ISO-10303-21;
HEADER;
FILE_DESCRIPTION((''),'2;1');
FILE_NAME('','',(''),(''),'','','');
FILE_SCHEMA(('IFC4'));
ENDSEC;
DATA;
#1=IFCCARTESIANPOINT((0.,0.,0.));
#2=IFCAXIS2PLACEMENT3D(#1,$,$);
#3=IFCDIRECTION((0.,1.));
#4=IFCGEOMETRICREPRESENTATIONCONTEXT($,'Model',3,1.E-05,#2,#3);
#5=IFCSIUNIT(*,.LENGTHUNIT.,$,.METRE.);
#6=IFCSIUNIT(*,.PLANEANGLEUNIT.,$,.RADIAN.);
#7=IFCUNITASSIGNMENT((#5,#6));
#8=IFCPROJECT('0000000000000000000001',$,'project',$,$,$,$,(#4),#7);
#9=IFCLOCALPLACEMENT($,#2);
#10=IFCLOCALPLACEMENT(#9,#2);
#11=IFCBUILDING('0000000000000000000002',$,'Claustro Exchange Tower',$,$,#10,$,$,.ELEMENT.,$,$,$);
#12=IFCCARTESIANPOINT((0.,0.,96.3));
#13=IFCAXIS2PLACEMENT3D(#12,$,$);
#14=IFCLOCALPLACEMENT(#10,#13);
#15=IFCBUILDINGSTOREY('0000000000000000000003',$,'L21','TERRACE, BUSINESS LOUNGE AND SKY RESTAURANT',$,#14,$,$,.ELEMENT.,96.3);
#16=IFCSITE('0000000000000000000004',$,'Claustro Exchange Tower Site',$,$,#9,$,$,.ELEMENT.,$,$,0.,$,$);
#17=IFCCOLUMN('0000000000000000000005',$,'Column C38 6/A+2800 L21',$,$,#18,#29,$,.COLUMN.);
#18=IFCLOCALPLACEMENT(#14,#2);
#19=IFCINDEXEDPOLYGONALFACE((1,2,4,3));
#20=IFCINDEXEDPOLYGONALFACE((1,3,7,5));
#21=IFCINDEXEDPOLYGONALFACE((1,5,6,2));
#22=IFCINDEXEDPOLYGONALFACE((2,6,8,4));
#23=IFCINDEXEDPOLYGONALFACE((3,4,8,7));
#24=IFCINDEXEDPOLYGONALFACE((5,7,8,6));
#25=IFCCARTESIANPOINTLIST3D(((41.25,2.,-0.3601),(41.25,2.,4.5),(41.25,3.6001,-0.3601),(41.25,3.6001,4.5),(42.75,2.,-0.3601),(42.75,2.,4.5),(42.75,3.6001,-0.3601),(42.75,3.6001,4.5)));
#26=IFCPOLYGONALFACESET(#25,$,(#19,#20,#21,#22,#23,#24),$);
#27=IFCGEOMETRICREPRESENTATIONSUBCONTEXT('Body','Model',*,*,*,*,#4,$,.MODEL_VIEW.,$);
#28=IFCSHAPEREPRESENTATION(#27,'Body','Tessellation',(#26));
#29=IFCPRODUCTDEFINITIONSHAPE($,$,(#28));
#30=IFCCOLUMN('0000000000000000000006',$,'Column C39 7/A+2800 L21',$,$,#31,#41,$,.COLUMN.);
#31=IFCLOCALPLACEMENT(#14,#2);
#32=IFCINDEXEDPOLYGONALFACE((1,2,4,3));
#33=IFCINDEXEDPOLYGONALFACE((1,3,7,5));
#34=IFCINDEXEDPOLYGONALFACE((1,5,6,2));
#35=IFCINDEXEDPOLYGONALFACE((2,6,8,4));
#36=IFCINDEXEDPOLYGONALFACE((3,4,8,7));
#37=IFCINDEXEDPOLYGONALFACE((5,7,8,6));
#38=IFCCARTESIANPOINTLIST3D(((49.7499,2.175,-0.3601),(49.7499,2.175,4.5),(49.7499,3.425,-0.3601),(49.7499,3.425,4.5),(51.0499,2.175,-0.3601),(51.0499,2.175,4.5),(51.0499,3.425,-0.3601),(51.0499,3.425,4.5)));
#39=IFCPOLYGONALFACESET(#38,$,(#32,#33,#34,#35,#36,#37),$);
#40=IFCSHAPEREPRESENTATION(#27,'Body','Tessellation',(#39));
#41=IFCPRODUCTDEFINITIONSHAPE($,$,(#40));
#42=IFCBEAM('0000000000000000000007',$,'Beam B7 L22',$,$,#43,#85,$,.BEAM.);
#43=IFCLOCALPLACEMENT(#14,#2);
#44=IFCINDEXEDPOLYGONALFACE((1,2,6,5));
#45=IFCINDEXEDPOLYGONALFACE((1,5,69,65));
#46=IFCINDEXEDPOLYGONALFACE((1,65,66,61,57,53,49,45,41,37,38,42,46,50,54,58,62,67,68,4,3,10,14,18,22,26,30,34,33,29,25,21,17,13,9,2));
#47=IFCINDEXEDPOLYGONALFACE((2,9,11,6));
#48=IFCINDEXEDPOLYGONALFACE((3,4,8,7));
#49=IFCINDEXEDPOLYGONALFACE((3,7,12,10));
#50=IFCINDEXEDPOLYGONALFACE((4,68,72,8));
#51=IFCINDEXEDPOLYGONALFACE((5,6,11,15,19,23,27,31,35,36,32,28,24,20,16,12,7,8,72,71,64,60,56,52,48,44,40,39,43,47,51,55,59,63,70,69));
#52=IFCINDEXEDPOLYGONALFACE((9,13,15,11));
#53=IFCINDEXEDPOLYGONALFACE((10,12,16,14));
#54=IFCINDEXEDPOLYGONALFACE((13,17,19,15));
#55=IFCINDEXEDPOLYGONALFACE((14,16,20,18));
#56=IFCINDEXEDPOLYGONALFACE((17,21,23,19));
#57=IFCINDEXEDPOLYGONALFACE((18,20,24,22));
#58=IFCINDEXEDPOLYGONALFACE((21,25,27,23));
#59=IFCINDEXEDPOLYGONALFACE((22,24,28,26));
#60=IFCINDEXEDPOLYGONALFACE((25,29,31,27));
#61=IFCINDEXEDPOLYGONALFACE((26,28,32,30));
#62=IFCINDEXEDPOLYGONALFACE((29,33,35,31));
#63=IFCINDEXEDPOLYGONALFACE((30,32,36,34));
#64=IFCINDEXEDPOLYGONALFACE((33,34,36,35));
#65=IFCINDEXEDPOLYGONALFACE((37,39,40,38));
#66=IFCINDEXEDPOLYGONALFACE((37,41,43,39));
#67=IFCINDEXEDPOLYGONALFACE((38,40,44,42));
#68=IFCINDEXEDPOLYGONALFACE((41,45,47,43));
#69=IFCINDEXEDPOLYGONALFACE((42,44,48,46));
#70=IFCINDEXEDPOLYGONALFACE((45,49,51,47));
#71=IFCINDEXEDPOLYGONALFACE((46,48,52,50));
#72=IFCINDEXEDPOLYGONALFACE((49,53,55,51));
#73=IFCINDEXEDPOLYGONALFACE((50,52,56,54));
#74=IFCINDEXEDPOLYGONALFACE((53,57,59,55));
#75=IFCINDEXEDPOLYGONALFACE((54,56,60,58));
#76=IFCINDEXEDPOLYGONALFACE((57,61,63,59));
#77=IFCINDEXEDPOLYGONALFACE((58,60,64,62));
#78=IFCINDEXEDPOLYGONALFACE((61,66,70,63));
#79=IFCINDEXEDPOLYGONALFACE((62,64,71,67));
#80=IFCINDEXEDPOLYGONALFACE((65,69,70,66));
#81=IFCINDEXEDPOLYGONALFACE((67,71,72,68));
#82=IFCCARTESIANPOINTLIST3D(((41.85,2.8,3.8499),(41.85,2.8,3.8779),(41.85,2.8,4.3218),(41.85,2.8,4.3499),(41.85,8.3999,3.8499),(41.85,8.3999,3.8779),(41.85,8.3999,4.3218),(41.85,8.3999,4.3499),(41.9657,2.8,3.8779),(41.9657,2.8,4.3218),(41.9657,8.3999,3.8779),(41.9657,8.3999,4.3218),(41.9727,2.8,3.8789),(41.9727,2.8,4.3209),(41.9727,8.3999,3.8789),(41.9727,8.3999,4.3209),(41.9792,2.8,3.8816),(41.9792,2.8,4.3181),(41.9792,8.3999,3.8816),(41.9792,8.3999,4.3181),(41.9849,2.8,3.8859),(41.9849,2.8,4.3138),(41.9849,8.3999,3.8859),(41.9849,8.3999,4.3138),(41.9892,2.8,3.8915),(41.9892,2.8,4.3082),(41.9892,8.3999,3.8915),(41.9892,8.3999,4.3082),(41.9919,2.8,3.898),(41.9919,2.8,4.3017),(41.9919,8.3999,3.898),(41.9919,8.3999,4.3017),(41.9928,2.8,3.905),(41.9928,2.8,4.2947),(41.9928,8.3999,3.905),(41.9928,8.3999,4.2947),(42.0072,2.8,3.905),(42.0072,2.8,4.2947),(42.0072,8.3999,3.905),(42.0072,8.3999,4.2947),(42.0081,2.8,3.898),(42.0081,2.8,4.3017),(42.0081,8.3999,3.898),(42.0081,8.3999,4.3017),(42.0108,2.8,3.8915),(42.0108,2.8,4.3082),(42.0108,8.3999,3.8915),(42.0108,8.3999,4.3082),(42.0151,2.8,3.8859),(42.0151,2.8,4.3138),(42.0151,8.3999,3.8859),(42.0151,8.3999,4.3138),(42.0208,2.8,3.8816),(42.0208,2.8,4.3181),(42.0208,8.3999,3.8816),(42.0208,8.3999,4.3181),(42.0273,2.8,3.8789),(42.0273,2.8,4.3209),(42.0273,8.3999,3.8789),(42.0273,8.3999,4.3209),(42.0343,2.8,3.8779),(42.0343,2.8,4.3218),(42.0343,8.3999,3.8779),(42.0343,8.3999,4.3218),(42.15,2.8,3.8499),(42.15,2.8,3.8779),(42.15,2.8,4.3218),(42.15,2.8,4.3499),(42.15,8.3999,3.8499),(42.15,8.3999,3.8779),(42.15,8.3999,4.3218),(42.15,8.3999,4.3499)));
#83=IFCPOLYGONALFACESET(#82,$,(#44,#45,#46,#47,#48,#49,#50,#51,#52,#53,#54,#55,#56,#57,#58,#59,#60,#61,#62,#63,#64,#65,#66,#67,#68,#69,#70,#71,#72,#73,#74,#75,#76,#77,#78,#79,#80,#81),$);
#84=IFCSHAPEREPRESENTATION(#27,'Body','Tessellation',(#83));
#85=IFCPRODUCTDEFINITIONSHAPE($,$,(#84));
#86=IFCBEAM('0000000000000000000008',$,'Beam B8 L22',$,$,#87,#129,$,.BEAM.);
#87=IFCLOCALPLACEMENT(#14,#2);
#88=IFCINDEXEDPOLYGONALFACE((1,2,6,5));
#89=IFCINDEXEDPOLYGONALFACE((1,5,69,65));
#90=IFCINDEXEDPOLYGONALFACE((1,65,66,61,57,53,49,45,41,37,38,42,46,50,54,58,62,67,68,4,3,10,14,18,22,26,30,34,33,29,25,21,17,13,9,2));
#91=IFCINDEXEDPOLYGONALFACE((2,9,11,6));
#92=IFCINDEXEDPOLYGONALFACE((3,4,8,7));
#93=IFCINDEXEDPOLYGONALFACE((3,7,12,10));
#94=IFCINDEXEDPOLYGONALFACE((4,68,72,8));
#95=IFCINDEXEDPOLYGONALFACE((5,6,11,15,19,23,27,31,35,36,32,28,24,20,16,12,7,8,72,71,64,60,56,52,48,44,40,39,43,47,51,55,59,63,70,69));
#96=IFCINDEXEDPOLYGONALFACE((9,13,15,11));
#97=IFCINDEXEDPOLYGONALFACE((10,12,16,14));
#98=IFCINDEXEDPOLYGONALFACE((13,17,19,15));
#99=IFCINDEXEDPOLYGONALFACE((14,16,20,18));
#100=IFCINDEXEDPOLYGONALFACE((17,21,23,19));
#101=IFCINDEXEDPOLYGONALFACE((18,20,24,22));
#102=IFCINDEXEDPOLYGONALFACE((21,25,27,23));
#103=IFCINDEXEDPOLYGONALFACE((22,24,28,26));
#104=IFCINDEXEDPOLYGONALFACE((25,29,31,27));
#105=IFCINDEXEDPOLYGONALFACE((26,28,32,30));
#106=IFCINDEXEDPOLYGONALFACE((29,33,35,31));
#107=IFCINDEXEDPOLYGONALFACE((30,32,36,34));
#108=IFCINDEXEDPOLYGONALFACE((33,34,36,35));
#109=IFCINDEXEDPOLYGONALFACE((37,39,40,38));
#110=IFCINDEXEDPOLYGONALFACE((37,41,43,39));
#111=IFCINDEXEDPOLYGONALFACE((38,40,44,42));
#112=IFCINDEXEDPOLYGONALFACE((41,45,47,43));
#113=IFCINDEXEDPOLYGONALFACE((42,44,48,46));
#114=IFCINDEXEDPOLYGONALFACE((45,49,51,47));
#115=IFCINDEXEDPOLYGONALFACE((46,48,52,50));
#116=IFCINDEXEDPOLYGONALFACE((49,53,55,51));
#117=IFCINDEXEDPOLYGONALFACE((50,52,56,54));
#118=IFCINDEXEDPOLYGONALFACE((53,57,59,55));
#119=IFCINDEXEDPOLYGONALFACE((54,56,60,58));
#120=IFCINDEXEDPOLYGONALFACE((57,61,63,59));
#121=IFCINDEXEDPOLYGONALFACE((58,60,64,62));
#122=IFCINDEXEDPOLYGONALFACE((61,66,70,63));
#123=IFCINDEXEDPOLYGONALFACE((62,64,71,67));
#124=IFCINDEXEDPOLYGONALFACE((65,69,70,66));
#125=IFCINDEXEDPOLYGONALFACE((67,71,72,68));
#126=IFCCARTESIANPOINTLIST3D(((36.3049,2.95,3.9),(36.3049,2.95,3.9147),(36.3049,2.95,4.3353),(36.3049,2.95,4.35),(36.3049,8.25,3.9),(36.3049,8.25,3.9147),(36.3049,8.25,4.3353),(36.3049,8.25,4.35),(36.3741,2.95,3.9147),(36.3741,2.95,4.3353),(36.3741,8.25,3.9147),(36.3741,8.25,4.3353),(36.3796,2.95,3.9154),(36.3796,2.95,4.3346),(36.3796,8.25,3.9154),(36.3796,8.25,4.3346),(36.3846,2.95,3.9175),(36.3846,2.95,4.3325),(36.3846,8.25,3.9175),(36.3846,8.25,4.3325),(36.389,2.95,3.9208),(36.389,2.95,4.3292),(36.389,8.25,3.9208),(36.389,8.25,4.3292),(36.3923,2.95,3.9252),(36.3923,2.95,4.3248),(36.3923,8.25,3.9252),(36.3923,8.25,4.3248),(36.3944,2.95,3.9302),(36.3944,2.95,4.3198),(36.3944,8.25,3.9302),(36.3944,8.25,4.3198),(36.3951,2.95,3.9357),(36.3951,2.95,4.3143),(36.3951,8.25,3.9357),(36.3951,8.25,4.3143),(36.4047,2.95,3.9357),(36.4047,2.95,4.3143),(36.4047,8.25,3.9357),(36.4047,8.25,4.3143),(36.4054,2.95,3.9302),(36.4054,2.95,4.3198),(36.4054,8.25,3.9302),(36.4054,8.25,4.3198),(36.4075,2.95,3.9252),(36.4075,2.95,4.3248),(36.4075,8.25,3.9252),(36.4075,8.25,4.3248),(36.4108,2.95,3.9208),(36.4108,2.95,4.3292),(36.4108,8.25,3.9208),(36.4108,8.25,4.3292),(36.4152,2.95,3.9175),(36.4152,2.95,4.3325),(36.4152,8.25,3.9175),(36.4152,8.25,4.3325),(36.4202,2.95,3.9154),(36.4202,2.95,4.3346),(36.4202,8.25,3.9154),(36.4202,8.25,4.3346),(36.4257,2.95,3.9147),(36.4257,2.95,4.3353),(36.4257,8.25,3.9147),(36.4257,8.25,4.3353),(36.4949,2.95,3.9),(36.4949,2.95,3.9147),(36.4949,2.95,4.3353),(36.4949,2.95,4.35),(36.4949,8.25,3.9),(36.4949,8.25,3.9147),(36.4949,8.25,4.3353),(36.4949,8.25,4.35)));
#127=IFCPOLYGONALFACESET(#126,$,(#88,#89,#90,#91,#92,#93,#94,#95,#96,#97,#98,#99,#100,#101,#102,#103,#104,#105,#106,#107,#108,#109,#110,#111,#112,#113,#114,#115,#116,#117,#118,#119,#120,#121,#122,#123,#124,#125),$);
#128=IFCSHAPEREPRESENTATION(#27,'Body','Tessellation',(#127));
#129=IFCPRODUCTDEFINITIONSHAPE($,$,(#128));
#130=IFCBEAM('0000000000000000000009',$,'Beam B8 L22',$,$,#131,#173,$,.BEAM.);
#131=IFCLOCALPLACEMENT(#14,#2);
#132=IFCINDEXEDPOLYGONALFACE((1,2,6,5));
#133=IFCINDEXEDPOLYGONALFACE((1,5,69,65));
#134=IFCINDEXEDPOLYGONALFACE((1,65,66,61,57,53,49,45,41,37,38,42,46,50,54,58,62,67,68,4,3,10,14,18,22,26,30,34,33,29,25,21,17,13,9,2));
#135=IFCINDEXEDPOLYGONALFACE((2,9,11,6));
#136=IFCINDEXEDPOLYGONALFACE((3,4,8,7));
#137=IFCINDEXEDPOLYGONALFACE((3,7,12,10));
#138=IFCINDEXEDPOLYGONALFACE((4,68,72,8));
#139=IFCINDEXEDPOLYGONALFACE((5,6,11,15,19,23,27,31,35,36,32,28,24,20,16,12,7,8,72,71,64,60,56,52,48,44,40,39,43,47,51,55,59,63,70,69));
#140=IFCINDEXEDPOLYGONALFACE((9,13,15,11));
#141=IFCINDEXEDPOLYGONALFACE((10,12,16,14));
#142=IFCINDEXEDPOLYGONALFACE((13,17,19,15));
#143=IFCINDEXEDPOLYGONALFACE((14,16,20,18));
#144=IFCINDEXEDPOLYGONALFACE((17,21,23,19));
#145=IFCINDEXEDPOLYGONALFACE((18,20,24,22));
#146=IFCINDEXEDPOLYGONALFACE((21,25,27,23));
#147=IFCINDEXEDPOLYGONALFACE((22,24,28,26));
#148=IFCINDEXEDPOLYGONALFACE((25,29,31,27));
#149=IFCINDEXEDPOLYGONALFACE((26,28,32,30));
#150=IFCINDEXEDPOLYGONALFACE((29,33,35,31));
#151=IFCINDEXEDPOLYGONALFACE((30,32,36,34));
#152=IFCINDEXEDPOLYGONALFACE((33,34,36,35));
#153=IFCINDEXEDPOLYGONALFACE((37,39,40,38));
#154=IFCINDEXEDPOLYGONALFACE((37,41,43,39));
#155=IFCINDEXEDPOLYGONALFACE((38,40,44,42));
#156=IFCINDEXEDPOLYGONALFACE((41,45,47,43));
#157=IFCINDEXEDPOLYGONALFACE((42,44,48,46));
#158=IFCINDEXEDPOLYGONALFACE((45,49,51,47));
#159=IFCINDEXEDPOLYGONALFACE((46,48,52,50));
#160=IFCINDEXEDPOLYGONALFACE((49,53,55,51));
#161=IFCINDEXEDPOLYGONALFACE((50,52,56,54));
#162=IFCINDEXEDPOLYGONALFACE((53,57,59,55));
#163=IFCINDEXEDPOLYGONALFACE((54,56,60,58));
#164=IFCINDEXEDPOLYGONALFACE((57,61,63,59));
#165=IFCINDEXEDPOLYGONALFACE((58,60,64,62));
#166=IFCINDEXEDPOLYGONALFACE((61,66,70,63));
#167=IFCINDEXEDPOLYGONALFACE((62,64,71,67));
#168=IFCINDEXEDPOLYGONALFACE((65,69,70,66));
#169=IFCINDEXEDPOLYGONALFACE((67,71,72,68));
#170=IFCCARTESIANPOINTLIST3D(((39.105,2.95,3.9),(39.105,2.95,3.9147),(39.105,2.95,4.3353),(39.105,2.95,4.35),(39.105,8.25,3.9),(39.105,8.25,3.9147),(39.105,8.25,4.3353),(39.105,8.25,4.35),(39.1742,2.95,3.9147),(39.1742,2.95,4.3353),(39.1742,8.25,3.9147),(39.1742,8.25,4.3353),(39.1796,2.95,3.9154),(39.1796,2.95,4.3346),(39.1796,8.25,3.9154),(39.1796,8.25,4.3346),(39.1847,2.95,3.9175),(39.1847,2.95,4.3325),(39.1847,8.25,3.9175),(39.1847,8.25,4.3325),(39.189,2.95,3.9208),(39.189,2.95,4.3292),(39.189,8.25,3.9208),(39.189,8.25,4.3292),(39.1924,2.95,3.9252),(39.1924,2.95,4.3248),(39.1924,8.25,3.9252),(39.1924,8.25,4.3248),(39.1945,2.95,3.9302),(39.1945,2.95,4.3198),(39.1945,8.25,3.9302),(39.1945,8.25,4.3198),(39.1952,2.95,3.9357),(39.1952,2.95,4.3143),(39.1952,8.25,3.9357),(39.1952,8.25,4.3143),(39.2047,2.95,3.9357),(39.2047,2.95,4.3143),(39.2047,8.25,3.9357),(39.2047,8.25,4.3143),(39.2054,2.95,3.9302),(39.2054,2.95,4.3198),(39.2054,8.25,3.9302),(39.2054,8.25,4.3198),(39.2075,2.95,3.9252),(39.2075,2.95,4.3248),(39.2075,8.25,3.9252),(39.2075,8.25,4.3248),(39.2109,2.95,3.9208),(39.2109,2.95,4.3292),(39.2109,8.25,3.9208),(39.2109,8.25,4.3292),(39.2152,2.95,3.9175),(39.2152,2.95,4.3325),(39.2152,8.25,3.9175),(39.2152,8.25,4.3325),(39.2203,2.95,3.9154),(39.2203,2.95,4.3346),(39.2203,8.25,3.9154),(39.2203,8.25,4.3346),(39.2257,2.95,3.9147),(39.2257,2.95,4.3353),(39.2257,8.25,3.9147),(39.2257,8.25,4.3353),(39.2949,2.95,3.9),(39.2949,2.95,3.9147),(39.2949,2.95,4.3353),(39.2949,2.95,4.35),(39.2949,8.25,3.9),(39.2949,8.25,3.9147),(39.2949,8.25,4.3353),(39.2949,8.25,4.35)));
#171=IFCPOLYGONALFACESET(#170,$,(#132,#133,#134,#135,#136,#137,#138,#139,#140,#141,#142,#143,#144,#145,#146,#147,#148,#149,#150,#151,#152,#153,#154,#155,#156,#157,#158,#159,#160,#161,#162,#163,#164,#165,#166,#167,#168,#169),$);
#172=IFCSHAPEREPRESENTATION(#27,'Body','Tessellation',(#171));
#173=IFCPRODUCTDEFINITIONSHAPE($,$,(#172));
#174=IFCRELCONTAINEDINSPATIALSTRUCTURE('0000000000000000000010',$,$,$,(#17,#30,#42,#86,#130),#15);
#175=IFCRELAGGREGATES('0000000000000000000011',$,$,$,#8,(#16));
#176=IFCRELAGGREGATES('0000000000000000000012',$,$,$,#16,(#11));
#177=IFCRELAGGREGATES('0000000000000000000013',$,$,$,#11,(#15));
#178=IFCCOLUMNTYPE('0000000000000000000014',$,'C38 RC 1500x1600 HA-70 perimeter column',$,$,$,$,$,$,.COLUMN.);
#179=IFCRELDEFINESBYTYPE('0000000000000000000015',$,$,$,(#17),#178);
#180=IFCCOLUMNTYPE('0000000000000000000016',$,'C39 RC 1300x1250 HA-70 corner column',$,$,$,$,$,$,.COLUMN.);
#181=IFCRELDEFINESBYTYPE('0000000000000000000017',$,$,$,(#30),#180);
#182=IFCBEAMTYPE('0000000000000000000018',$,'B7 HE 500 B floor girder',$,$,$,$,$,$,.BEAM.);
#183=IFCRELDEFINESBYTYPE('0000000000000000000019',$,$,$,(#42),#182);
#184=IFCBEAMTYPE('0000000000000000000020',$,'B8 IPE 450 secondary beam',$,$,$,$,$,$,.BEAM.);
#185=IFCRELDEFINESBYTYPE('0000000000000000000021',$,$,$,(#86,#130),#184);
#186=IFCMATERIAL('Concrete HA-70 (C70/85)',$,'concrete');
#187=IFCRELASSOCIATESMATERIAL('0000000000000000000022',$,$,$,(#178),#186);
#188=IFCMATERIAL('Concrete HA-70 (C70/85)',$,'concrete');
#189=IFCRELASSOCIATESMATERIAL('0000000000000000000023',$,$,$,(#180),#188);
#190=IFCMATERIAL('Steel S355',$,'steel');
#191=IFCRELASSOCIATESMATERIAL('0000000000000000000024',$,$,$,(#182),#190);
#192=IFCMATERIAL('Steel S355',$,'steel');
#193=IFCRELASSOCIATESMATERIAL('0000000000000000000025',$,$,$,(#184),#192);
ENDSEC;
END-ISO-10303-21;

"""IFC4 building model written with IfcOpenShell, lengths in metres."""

from ifc_helpers import new_model, si_unit, direction, frame, origin, origin_2d, place, context, subcontext, project, spatial, rectangle, i_section, extrude, material, material_profile, profile_set, type_object, element, save


model = new_model("IFC4")

# Units and contexts
model_context = context("Model", 3, precision=1e-05, world=origin(), true_north=direction((0.0, 1.0)))
body_context = subcontext(model_context, "Body", "Model", "MODEL_VIEW")
ifc_project = project(units=[si_unit("LENGTHUNIT", "METRE"), si_unit("PLANEANGLEUNIT", "RADIAN")], contexts=[model_context])

# Site, building, storey
site_placement = place(None, origin())
site = spatial("IfcSite", under=ifc_project, at=site_placement, Name="Claustro Exchange Tower Site", CompositionType="ELEMENT", RefElevation=0.0)
building_placement = place(site_placement, origin())
building = spatial("IfcBuilding", under=site, at=building_placement, Name="Claustro Exchange Tower", CompositionType="ELEMENT")
storey_placement = place(building_placement, frame((0.0, 0.0, 96.3)))
storey = spatial("IfcBuildingStorey", under=building, at=storey_placement, Name="L21", Description="TERRACE, BUSINESS LOUNGE AND SKY RESTAURANT", CompositionType="ELEMENT", Elevation=96.3)

# Columns
ifc_material_1 = material(Name="Concrete HA-70 (C70/85)", Category="concrete")
ifc_material_profile_1 = material_profile(ifc_material_1, rectangle(XDim=1.5, YDim=1.6001, at=origin_2d()), Name="RC 1500x1600")
ifc_profile_set_1 = profile_set([ifc_material_profile_1], Name="Concrete HA-70 (C70/85)")
column_type_1 = type_object("IfcColumnType", Name="C38 RC 1500x1600 HA-70 perimeter column", PredefinedType="COLUMN", material=ifc_profile_set_1)
column_1_placement = place(storey_placement, frame((42.0, 2.8, -0.3601), z_axis=(0.0, 0.0, 1.0), x_axis=(1.0, 0.0, 0.0)))
element("IfcColumn", 1, at=column_1_placement, inside=storey, type_object=column_type_1, Name="Column C38 6/A+2800 L21", PredefinedType="COLUMN", context=body_context, shape_type="SweptSolid", body=[
    extrude(rectangle(XDim=1.5, YDim=1.6001, at=origin_2d()), origin(), (0.0, 0.0, 1.0), 4.8601),
])
ifc_material_2 = material(Name="Concrete HA-70 (C70/85)", Category="concrete")
ifc_material_profile_2 = material_profile(ifc_material_2, rectangle(XDim=1.3, YDim=1.25, at=origin_2d()), Name="RC 1300x1250")
ifc_profile_set_2 = profile_set([ifc_material_profile_2], Name="Concrete HA-70 (C70/85)")
column_type_2 = type_object("IfcColumnType", Name="C39 RC 1300x1250 HA-70 corner column", PredefinedType="COLUMN", material=ifc_profile_set_2)
column_2_placement = place(storey_placement, frame((50.3999, 2.8, -0.3601), z_axis=(0.0, 0.0, 1.0), x_axis=(1.0, 0.0, 0.0)))
element("IfcColumn", 2, at=column_2_placement, inside=storey, type_object=column_type_2, Name="Column C39 7/A+2800 L21", PredefinedType="COLUMN", context=body_context, shape_type="SweptSolid", body=[
    extrude(rectangle(XDim=1.3, YDim=1.25, at=origin_2d()), origin(), (0.0, 0.0, 1.0), 4.8601),
])

# Beams
ifc_material_3 = material(Name="Steel S355", Category="steel")
ifc_material_profile_3 = material_profile(ifc_material_3, i_section(OverallWidth=0.3, OverallDepth=0.5, WebThickness=0.0144, FlangeThickness=0.0281, FilletRadius=0.0271, at=origin_2d()), Name="HE 500 B")
ifc_profile_set_3 = profile_set([ifc_material_profile_3], Name="Steel S355")
beam_type_1 = type_object("IfcBeamType", Name="B7 HE 500 B floor girder", PredefinedType="BEAM", material=ifc_profile_set_3)
beam_1_placement = place(storey_placement, frame((42.0, 2.8, 4.0999), z_axis=(0.0, 1.0, 0.0), x_axis=(-1.0, 0.0, 0.0)))
element("IfcBeam", 3, at=beam_1_placement, inside=storey, type_object=beam_type_1, Name="Beam B7 L22", PredefinedType="BEAM", context=body_context, shape_type="SweptSolid", body=[
    extrude(i_section(OverallWidth=0.3, OverallDepth=0.5, WebThickness=0.0144, FlangeThickness=0.0281, FilletRadius=0.0271, at=origin_2d()), origin(), (0.0, 0.0, 1.0), 5.5999),
])
ifc_material_4 = material(Name="Steel S355", Category="steel")
ifc_material_profile_4 = material_profile(ifc_material_4, i_section(OverallWidth=0.1899, OverallDepth=0.45, WebThickness=0.0095, FlangeThickness=0.0146, FilletRadius=0.021, at=origin_2d()), Name="IPE 450")
ifc_profile_set_4 = profile_set([ifc_material_profile_4], Name="Steel S355")
beam_type_2 = type_object("IfcBeamType", Name="B8 IPE 450 secondary beam", PredefinedType="BEAM", material=ifc_profile_set_4)
for number, where, z_axis, x_axis, name in (
    (4, (36.3999, 2.95, 4.125), (0.0, 1.0, 0.0), (-1.0, 0.0, 0.0), "Beam B8 L22"),
    (5, (39.2, 2.95, 4.125), (0.0, 1.0, 0.0), (-1.0, 0.0, 0.0), "Beam B8 L22"),
):
    element("IfcBeam", number, at=place(storey_placement, frame(where, z_axis=z_axis, x_axis=x_axis)), inside=storey, type_object=beam_type_2, Name=name, PredefinedType="BEAM", context=body_context, shape_type="SweptSolid", body=[
        extrude(i_section(OverallWidth=0.1899, OverallDepth=0.45, WebThickness=0.0095, FlangeThickness=0.0146, FilletRadius=0.021, at=origin_2d()), origin(), (0.0, 0.0, 1.0), 5.3),
    ])

save(model, "model.ifc")
